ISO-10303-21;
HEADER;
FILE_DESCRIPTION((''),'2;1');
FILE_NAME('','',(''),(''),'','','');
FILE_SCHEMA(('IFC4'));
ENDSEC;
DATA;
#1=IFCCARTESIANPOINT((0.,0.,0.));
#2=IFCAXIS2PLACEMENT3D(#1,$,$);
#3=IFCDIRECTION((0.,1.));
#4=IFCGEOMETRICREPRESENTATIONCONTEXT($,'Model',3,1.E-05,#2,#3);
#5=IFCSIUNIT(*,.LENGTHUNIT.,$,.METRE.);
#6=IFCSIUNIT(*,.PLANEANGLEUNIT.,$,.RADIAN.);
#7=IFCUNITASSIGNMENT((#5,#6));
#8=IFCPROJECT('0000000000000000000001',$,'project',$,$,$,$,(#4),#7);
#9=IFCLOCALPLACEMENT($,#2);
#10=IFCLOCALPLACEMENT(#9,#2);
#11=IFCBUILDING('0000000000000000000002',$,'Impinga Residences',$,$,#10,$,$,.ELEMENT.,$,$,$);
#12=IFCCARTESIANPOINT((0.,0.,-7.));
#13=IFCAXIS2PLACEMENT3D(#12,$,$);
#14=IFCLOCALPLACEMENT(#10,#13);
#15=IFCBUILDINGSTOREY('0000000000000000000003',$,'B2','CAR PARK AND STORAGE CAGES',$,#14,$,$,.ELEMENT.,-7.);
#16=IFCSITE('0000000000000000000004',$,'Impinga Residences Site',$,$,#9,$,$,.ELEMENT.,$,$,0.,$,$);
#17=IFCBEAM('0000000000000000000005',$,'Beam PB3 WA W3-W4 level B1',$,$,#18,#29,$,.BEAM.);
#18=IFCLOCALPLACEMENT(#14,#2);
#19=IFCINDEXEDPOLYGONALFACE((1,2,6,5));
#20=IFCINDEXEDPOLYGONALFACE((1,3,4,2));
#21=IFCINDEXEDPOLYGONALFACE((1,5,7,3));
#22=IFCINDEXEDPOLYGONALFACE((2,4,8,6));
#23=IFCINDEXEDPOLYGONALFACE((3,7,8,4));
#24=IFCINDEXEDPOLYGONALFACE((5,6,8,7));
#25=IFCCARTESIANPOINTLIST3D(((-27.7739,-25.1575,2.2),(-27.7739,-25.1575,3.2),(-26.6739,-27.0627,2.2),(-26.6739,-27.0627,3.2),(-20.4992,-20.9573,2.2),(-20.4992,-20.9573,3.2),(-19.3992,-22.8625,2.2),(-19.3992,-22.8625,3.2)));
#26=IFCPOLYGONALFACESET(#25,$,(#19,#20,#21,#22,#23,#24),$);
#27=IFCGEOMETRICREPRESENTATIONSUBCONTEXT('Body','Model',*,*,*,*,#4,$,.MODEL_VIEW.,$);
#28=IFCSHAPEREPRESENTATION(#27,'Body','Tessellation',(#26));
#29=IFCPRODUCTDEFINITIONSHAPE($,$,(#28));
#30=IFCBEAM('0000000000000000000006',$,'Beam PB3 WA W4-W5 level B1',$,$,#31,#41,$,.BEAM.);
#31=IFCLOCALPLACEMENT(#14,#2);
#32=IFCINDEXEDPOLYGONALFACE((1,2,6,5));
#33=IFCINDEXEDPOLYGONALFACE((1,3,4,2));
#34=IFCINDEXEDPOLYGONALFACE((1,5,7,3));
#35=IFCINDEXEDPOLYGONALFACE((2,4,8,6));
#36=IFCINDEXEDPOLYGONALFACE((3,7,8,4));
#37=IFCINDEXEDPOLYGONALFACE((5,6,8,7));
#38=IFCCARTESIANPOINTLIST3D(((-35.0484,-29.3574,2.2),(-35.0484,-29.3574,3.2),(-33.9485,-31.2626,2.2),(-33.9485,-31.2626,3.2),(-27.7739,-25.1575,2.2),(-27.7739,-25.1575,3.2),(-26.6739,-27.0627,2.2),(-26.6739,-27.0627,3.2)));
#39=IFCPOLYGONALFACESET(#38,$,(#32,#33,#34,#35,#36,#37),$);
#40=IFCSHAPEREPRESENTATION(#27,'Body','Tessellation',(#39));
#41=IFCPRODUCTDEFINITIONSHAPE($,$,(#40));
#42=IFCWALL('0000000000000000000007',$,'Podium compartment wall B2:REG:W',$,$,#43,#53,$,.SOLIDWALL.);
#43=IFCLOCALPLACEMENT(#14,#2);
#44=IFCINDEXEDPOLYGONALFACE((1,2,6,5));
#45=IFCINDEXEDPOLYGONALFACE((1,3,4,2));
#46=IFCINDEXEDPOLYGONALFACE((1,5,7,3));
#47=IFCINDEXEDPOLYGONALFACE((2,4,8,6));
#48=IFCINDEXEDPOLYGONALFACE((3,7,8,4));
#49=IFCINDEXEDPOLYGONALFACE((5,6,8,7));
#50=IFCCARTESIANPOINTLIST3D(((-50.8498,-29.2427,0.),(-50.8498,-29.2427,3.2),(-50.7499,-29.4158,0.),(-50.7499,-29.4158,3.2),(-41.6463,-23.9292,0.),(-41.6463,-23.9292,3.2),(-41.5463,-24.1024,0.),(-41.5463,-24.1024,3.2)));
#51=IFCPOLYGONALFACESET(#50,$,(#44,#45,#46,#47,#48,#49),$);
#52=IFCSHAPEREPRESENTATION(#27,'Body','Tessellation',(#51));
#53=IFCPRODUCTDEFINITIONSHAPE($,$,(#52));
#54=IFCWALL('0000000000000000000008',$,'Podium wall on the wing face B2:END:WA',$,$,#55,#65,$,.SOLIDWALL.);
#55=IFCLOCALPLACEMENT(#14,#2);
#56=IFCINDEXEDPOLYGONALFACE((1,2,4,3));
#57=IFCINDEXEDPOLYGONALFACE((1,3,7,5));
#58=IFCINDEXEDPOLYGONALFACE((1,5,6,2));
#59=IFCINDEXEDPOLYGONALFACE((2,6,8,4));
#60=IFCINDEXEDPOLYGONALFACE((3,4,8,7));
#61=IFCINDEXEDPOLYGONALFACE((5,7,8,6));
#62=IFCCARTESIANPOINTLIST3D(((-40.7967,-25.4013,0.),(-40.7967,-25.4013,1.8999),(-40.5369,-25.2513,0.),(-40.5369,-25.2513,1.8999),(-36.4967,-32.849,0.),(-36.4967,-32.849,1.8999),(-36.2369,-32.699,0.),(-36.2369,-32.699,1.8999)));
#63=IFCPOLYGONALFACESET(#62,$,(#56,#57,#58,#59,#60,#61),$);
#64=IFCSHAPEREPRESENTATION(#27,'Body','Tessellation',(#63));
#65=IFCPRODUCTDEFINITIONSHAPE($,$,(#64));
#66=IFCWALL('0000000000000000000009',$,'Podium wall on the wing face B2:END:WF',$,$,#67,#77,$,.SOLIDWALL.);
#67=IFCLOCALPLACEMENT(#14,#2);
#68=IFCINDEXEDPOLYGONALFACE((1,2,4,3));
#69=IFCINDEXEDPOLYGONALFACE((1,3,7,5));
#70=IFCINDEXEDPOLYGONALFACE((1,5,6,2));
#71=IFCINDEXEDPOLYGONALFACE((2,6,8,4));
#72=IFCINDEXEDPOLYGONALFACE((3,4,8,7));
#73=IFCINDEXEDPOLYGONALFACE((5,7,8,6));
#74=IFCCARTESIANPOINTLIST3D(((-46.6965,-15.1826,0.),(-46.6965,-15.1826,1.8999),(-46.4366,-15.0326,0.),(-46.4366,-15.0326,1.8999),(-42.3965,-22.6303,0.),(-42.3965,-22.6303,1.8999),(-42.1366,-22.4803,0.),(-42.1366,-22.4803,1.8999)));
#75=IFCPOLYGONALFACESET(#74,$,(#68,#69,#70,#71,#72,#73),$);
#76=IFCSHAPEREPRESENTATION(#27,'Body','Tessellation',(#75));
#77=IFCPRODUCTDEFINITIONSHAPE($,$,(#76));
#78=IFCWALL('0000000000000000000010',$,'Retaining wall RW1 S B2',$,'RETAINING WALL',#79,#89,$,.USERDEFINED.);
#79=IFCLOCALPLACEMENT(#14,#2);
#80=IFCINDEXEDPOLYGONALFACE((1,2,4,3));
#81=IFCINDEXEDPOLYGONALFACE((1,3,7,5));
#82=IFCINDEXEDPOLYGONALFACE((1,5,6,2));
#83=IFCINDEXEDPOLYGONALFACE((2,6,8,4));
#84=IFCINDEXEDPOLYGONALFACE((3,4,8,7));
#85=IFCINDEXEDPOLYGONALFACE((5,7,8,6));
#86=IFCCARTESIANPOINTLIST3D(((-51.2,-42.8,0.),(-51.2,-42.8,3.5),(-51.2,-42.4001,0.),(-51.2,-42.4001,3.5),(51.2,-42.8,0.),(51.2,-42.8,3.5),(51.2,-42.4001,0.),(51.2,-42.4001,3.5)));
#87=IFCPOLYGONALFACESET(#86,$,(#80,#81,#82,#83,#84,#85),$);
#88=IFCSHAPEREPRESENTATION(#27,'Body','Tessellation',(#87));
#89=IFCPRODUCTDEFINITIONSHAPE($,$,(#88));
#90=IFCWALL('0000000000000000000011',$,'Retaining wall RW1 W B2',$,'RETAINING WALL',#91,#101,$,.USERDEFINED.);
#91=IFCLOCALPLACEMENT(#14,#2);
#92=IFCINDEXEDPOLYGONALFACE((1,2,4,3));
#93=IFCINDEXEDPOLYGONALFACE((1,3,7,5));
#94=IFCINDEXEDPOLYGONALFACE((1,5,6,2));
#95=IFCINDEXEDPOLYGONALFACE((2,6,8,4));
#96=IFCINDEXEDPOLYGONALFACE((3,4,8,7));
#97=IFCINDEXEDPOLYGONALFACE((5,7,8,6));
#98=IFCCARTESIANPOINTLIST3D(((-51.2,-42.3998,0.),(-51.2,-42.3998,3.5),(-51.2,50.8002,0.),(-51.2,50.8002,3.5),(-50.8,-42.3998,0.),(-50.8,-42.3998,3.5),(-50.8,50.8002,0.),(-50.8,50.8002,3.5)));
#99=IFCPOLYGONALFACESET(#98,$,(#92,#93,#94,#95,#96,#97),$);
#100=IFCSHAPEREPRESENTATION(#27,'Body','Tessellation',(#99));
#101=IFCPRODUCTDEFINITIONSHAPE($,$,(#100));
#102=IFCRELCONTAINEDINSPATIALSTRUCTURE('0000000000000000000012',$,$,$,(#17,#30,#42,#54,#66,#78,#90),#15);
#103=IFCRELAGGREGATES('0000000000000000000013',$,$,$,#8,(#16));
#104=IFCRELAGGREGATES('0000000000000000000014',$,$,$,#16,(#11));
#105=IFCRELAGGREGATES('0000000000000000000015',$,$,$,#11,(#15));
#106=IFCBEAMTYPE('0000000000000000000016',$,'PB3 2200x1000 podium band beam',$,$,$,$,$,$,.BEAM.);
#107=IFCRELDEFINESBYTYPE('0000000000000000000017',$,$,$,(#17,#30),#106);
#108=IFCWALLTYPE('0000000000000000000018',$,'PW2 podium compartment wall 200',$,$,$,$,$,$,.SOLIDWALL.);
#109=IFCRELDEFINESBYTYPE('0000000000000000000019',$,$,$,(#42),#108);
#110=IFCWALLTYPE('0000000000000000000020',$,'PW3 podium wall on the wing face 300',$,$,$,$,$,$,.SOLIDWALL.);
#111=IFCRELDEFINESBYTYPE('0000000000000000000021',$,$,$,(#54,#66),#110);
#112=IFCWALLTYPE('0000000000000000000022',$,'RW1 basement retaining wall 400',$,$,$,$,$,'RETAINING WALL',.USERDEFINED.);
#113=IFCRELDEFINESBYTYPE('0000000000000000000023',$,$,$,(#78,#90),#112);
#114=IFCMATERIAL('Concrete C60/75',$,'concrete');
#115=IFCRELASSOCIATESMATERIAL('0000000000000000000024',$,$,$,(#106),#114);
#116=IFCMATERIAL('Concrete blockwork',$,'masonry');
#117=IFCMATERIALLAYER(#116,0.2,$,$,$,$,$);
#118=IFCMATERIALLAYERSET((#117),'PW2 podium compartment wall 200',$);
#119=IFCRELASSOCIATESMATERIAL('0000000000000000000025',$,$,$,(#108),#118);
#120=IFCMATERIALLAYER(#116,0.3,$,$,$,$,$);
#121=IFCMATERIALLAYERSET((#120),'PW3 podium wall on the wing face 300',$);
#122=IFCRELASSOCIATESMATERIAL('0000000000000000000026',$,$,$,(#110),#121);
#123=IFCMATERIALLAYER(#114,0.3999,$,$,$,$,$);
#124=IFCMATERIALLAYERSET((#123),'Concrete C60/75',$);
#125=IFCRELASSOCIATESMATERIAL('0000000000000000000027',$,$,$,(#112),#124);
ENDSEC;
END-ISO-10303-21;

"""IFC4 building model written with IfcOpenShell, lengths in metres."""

from ifc_helpers import new_model, si_unit, direction, frame, frame_2d, origin, origin_2d, place, context, subcontext, project, spatial, rectangle, extrude, material, layer, layer_set, material_profile, profile_set, type_object, element, save


model = new_model("IFC4")

# Units and contexts
model_context = context("Model", 3, precision=1e-05, world=origin(), true_north=direction((0.0, 1.0)))
body_context = subcontext(model_context, "Body", "Model", "MODEL_VIEW")
ifc_project = project(units=[si_unit("LENGTHUNIT", "METRE"), si_unit("PLANEANGLEUNIT", "RADIAN")], contexts=[model_context])

# Site, building, storey
site_placement = place(None, origin())
site = spatial("IfcSite", under=ifc_project, at=site_placement, Name="Impinga Residences Site", CompositionType="ELEMENT", RefElevation=0.0)
building_placement = place(site_placement, origin())
building = spatial("IfcBuilding", under=site, at=building_placement, Name="Impinga Residences", CompositionType="ELEMENT")
storey_placement = place(building_placement, frame((0.0, 0.0, -7.0)))
storey = spatial("IfcBuildingStorey", under=building, at=storey_placement, Name="B2", Description="CAR PARK AND STORAGE CAGES", CompositionType="ELEMENT", Elevation=-7.0)

# Beams
ifc_material_1 = material(Name="Concrete C60/75", Category="concrete")
ifc_material_profile_1 = material_profile(ifc_material_1, rectangle(XDim=2.2, YDim=1.0, at=origin_2d()), Name="RC 2200x1000")
ifc_profile_set_1 = profile_set([ifc_material_profile_1], Name="Concrete C60/75")
beam_type_1 = type_object("IfcBeamType", Name="PB3 2200x1000 podium band beam", PredefinedType="BEAM", material=ifc_profile_set_1)
beam_1_placement = place(storey_placement, frame((-19.9492, -21.9099, 2.7), z_axis=(-0.866017, -0.500015, 0.0), x_axis=(0.500015, -0.866017, 0.0)))
element("IfcBeam", 1, at=beam_1_placement, inside=storey, type_object=beam_type_1, Name="Beam PB3 WA W3-W4 level B1", PredefinedType="BEAM", context=body_context, shape_type="SweptSolid", body=[
    extrude(rectangle(XDim=2.2, YDim=1.0, at=origin_2d()), origin(), (0.0, 0.0, 1.0), 8.4001),
])
beam_2_placement = place(storey_placement, frame((-27.2239, -26.1101, 2.7), z_axis=(-0.866029, -0.499993, 0.0), x_axis=(0.499993, -0.866029, 0.0)))
element("IfcBeam", 2, at=beam_2_placement, inside=storey, type_object=beam_type_1, Name="Beam PB3 WA W4-W5 level B1", PredefinedType="BEAM", context=body_context, shape_type="SweptSolid", body=[
    extrude(rectangle(XDim=2.2, YDim=1.0, at=origin_2d()), origin(), (0.0, 0.0, 1.0), 8.3999),
])

# Walls
ifc_material_2 = material(Name="Concrete blockwork", Category="masonry")
ifc_layer_1 = layer(ifc_material_2, 0.2)
ifc_layer_set_1 = layer_set([ifc_layer_1], Name="PW2 podium compartment wall 200")
wall_type_1 = type_object("IfcWallType", Name="PW2 podium compartment wall 200", PredefinedType="SOLIDWALL", material=ifc_layer_set_1)
wall_1_placement = place(storey_placement, frame((-41.5964, -24.0159, 0.0), z_axis=(0.0, 0.0, 1.0), x_axis=(-0.866035, -0.499984, 0.0)))
element("IfcWall", 3, at=wall_1_placement, inside=storey, type_object=wall_type_1, Name="Podium compartment wall B2:REG:W", PredefinedType="SOLIDWALL", context=body_context, shape_type="SweptSolid", body=[
    extrude(rectangle(XDim=10.6272, YDim=0.2, at=frame_2d((5.3135, 0.0))), origin(), (0.0, 0.0, 1.0), 3.2),
])
ifc_layer_2 = layer(ifc_material_2, 0.3)
ifc_layer_set_2 = layer_set([ifc_layer_2], Name="PW3 podium wall on the wing face 300")
wall_type_2 = type_object("IfcWallType", Name="PW3 podium wall on the wing face 300", PredefinedType="SOLIDWALL", material=ifc_layer_set_2)
for number, where, z_axis, x_axis, name in (
    (4, (-40.6667, -25.3264, 0.0), (0.0, 0.0, 1.0), (0.500008, -0.866021, 0.0), "Podium wall on the wing face B2:END:WA"),
    (5, (-42.2666, -22.5552, 0.0), (0.0, 0.0, 1.0), (-0.500008, 0.866021, 0.0), "Podium wall on the wing face B2:END:WF"),
):
    element("IfcWall", number, at=place(storey_placement, frame(where, z_axis=z_axis, x_axis=x_axis)), inside=storey, type_object=wall_type_2, Name=name, PredefinedType="SOLIDWALL", context=body_context, shape_type="SweptSolid", body=[
        extrude(rectangle(XDim=8.5999, YDim=0.3, at=frame_2d((4.2998, 0.0))), origin(), (0.0, 0.0, 1.0), 1.8999),
    ])
ifc_layer_3 = layer(ifc_material_1, 0.3999)
ifc_layer_set_3 = layer_set([ifc_layer_3], Name="Concrete C60/75")
wall_type_3 = type_object("IfcWallType", Name="RW1 basement retaining wall 400", ElementType="RETAINING WALL", PredefinedType="USERDEFINED", material=ifc_layer_set_3)
wall_2_placement = place(storey_placement, frame((-51.2, -42.6001, 0.0), z_axis=(0.0, 0.0, 1.0), x_axis=(1.0, 0.0, 0.0)))
element("IfcWall", 6, at=wall_2_placement, inside=storey, type_object=wall_type_3, Name="Retaining wall RW1 S B2", ObjectType="RETAINING WALL", PredefinedType="USERDEFINED", context=body_context, shape_type="SweptSolid", body=[
    extrude(rectangle(XDim=102.3999, YDim=0.3999, at=frame_2d((51.2, 0.0))), origin(), (0.0, 0.0, 1.0), 3.5),
])
wall_3_placement = place(storey_placement, frame((-51.0, -42.3999, 0.0), z_axis=(0.0, 0.0, 1.0), x_axis=(0.0, 1.0, 0.0)))
element("IfcWall", 7, at=wall_3_placement, inside=storey, type_object=wall_type_3, Name="Retaining wall RW1 W B2", ObjectType="RETAINING WALL", PredefinedType="USERDEFINED", context=body_context, shape_type="SweptSolid", body=[
    extrude(rectangle(XDim=93.2, YDim=0.3999, at=frame_2d((46.6001, 0.0))), origin(), (0.0, 0.0, 1.0), 3.5),
])

save(model, "model.ifc")
